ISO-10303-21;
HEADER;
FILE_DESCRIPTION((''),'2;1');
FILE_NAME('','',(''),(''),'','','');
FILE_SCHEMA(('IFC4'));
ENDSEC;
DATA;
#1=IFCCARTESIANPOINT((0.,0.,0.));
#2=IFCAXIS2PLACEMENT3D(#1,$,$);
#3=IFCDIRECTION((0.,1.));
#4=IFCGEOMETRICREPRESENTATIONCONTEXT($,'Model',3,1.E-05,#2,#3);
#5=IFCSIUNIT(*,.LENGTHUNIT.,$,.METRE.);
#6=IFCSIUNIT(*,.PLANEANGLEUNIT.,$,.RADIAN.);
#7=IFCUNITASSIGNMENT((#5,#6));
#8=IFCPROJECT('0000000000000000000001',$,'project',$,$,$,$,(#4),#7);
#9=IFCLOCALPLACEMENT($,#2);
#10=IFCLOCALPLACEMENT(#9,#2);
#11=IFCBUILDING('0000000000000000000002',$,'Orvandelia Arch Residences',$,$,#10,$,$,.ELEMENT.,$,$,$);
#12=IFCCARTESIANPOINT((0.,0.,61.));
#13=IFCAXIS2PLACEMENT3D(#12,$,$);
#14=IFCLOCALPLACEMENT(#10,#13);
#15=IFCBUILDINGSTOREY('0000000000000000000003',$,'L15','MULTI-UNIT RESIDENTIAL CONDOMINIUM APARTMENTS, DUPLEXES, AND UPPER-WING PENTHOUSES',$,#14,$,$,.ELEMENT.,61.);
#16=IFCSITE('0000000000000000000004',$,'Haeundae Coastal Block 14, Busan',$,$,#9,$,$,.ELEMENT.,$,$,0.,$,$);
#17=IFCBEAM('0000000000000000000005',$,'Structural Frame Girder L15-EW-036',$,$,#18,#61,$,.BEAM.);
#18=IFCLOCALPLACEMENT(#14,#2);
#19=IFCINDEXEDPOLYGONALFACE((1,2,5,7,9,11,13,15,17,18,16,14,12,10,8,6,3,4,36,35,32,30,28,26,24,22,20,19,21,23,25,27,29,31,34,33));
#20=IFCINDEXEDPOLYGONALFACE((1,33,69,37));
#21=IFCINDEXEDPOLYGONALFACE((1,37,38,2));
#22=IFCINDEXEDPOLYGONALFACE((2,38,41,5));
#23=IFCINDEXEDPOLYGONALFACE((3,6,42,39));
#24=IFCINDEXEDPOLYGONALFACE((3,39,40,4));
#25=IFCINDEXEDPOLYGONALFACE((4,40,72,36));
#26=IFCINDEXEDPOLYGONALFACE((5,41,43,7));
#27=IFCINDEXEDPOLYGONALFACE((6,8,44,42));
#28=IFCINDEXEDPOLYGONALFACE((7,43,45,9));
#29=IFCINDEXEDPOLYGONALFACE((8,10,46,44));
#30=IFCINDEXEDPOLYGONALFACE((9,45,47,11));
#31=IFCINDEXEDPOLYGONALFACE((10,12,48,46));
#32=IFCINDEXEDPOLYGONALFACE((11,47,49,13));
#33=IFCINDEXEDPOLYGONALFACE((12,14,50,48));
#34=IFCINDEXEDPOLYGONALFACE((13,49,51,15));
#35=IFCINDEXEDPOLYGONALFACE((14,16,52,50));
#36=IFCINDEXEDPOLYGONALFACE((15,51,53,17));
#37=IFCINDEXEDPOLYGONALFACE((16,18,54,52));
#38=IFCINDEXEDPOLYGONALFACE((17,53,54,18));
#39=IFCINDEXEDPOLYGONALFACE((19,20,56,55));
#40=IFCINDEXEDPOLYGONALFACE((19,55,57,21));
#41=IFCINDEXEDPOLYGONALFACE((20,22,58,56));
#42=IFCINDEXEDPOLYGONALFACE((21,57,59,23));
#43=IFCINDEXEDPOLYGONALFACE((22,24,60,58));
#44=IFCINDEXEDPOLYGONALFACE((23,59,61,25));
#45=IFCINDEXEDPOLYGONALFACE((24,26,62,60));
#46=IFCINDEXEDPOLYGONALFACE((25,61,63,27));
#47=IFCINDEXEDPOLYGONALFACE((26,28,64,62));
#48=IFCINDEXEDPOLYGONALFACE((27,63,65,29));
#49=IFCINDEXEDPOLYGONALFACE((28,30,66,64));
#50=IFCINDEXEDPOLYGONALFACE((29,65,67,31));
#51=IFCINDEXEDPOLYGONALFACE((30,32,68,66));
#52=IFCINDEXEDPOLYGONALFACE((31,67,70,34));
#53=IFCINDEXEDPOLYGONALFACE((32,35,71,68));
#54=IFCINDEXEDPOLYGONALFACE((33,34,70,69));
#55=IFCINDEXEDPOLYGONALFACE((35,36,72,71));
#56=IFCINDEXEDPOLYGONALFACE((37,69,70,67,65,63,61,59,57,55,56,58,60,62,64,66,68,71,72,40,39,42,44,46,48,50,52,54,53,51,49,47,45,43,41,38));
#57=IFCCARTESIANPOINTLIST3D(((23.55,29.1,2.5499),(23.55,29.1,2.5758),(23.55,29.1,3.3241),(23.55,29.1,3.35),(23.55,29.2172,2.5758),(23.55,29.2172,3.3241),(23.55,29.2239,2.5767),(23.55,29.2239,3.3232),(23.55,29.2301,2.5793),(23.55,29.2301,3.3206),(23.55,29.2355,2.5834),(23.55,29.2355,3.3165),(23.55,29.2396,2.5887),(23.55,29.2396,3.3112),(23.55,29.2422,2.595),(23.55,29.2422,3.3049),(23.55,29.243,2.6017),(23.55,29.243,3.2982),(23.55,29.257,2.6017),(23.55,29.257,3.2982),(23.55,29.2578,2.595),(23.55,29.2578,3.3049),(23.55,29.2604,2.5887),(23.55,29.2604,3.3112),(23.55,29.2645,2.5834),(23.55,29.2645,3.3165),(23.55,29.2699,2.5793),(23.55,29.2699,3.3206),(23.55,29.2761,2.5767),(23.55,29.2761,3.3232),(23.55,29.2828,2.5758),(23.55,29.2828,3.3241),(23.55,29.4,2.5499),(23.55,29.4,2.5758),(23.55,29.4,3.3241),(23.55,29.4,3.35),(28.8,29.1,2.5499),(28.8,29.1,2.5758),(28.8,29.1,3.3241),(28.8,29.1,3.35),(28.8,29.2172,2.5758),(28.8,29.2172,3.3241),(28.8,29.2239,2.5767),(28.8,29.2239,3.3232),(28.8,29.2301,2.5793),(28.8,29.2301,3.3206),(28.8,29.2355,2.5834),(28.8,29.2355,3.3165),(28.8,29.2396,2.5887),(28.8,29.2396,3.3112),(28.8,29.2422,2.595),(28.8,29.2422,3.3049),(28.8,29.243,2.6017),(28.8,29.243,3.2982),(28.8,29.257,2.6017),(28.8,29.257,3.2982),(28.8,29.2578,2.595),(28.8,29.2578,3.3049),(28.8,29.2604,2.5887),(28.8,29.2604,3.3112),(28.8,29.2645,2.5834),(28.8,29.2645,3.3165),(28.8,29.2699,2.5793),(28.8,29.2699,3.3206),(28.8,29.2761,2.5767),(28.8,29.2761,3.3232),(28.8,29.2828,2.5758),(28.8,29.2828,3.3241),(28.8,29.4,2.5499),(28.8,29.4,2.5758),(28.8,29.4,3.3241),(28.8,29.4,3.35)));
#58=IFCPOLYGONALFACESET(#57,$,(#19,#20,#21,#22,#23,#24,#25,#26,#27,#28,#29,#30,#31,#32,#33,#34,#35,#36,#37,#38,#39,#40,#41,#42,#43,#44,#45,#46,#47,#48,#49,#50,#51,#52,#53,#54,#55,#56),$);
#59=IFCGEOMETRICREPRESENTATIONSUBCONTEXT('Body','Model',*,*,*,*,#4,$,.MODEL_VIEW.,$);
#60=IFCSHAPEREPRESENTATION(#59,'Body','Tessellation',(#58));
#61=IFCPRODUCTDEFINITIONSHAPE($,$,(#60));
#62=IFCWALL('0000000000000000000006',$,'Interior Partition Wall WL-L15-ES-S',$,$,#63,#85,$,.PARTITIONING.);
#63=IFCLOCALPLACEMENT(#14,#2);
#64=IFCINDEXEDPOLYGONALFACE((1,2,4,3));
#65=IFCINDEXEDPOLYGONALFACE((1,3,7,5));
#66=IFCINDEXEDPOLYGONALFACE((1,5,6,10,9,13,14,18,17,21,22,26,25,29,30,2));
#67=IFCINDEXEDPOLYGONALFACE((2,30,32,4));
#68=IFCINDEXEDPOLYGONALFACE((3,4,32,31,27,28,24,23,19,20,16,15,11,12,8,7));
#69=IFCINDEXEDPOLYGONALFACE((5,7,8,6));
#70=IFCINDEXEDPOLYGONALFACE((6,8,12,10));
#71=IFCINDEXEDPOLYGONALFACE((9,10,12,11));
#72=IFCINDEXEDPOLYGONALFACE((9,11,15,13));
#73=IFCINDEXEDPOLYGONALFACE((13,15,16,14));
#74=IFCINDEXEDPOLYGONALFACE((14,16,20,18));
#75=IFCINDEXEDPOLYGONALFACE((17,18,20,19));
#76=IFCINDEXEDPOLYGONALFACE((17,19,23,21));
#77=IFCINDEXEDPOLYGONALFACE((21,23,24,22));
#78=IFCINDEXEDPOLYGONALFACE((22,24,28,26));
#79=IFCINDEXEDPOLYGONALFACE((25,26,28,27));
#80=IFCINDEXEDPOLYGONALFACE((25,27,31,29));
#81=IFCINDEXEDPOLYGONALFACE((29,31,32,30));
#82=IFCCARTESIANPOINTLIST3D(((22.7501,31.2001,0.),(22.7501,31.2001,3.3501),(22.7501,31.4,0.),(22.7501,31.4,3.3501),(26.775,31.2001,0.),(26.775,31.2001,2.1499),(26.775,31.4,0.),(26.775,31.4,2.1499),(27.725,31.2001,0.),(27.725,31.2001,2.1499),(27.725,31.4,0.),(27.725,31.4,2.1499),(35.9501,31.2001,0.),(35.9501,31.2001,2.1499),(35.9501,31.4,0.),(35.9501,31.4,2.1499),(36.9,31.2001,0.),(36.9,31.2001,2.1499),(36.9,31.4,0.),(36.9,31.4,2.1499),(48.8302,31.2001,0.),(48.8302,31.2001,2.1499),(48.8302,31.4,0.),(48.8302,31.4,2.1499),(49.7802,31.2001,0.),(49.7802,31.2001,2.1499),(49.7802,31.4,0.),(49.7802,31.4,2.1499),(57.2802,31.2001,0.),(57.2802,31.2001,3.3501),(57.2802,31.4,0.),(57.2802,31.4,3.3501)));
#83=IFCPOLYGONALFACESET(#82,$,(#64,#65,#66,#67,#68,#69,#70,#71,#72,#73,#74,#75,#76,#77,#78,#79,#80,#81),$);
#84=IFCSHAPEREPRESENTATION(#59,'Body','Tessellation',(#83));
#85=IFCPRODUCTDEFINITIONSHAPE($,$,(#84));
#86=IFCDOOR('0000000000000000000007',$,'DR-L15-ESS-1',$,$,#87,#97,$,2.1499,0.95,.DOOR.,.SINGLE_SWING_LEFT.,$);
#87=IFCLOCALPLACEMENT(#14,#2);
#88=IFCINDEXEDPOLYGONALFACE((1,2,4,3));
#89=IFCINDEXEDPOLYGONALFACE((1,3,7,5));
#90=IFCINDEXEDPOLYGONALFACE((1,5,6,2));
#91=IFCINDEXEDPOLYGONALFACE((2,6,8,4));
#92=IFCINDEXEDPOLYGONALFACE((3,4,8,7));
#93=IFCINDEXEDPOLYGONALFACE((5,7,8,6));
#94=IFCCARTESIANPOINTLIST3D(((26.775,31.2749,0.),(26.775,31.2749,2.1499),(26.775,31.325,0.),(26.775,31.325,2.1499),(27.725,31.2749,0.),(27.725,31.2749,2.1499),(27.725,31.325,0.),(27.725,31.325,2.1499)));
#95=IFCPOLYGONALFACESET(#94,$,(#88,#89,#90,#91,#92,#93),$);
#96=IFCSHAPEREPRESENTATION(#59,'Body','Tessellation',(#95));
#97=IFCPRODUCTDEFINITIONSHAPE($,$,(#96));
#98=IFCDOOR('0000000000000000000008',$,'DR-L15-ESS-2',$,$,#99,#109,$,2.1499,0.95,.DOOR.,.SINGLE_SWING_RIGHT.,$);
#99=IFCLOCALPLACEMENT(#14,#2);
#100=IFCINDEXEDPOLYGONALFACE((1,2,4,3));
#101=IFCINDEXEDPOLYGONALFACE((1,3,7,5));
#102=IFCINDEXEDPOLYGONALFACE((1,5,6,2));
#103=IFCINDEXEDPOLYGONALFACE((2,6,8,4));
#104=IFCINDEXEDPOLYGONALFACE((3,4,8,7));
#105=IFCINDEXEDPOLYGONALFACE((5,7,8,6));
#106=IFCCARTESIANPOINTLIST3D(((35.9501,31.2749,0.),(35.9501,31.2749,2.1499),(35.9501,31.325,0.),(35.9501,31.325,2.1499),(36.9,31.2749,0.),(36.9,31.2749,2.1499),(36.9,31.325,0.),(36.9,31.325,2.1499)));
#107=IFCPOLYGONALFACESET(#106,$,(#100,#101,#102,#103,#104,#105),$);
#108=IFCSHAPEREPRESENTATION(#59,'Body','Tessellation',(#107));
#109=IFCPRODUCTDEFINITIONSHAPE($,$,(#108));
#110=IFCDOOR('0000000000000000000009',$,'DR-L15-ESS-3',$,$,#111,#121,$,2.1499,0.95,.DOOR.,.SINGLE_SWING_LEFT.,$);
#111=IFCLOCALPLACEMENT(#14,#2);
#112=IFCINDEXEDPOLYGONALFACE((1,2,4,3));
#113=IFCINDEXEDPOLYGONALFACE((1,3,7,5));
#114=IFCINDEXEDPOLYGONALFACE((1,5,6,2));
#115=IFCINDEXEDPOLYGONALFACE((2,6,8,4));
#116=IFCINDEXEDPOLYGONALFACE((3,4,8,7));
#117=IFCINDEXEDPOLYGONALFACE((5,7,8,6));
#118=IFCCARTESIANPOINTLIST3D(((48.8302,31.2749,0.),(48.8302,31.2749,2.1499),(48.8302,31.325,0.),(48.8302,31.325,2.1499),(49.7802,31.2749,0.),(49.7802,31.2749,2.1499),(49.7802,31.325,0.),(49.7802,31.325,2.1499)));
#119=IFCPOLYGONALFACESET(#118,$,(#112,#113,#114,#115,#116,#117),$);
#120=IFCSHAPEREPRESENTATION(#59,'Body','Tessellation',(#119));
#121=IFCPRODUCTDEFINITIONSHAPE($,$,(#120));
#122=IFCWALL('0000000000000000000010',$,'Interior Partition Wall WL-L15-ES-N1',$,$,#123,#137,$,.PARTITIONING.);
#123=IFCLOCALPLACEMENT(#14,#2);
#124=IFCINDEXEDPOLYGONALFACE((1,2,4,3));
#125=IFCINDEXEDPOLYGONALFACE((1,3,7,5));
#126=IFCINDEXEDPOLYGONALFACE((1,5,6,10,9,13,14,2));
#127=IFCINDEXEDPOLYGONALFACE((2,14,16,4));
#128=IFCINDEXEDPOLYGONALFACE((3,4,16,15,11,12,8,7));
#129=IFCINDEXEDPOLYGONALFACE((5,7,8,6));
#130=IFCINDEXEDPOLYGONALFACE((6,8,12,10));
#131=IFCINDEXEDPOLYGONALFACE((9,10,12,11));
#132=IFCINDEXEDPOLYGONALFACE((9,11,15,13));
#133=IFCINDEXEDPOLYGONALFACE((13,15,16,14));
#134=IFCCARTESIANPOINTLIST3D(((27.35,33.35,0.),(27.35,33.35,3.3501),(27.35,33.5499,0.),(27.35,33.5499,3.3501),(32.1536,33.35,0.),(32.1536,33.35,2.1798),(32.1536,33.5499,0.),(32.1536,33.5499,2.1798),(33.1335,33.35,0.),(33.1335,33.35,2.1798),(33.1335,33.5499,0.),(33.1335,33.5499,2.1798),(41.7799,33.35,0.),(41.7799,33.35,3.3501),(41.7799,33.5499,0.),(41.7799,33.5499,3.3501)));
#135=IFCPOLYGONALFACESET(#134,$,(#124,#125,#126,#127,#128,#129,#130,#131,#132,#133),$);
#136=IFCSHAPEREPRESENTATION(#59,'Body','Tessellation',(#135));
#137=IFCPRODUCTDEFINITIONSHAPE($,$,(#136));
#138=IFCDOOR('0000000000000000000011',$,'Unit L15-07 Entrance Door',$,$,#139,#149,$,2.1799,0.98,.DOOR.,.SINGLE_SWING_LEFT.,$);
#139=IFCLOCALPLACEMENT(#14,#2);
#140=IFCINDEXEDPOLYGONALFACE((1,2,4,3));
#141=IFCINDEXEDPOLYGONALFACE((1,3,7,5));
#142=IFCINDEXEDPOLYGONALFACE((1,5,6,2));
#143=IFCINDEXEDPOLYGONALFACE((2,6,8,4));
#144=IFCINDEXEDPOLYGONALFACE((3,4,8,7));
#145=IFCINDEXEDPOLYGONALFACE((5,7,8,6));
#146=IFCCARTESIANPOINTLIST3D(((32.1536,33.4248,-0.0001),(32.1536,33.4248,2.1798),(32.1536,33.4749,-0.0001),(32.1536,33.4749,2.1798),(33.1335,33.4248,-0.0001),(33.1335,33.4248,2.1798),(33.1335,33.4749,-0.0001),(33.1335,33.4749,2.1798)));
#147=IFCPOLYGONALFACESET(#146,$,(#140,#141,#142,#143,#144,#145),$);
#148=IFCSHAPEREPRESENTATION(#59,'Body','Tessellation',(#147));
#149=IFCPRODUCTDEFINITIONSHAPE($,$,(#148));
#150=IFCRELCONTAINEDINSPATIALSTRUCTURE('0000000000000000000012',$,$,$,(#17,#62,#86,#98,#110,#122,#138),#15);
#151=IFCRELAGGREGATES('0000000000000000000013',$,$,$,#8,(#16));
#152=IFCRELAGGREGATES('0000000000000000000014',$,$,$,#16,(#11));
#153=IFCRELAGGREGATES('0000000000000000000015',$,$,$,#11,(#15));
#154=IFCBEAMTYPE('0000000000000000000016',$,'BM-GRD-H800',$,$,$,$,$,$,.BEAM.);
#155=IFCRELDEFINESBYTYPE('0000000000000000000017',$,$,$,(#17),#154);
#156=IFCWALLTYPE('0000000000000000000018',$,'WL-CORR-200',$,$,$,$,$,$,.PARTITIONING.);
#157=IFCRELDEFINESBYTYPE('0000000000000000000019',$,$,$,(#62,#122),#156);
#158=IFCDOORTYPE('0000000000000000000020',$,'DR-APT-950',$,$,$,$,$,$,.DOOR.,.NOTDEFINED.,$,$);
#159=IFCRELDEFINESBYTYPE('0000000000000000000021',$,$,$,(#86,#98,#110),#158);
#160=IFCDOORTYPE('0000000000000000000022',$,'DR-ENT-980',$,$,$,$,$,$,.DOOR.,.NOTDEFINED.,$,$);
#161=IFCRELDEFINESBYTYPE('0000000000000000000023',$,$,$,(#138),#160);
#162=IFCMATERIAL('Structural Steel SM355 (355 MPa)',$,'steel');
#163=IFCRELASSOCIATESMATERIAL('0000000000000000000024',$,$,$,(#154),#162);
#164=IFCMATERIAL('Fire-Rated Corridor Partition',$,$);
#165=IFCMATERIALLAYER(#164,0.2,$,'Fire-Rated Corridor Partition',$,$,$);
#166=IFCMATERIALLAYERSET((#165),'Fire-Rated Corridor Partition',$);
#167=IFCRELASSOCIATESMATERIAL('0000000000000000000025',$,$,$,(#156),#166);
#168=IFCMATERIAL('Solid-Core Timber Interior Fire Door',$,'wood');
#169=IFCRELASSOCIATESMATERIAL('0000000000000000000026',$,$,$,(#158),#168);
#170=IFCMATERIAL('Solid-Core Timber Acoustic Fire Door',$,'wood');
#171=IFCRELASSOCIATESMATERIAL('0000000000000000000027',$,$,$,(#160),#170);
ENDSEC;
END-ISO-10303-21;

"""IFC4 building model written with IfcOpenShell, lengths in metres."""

from ifc_helpers import new_model, si_unit, direction, frame, frame_2d, origin, origin_2d, place, context, subcontext, project, spatial, rectangle, i_section, extrude, material, layer, layer_set, material_profile, profile_set, type_object, element, fill, save


model = new_model("IFC4")

# Units and contexts
model_context = context("Model", 3, precision=1e-05, world=origin(), true_north=direction((0.0, 1.0)))
body_context = subcontext(model_context, "Body", "Model", "MODEL_VIEW")
ifc_project = project(units=[si_unit("LENGTHUNIT", "METRE"), si_unit("PLANEANGLEUNIT", "RADIAN")], contexts=[model_context])

# Site, building, storey
site_placement = place(None, origin())
site = spatial("IfcSite", under=ifc_project, at=site_placement, Name="Haeundae Coastal Block 14, Busan", CompositionType="ELEMENT", RefElevation=0.0)
building_placement = place(site_placement, origin())
building = spatial("IfcBuilding", under=site, at=building_placement, Name="Orvandelia Arch Residences", CompositionType="ELEMENT")
storey_placement = place(building_placement, frame((0.0, 0.0, 61.0)))
storey = spatial("IfcBuildingStorey", under=building, at=storey_placement, Name="L15", Description="MULTI-UNIT RESIDENTIAL CONDOMINIUM APARTMENTS, DUPLEXES, AND UPPER-WING PENTHOUSES", CompositionType="ELEMENT", Elevation=61.0)

# Beam
ifc_material_1 = material(Name="Structural Steel SM355 (355 MPa)", Category="steel")
ifc_material_profile_1 = material_profile(ifc_material_1, i_section(OverallWidth=0.3, OverallDepth=0.8, WebThickness=0.0139, FlangeThickness=0.0259, FilletRadius=0.0259, at=origin_2d()), Name="Structural Steel SM355 (355 MPa)", Category="steel")
ifc_profile_set_1 = profile_set([ifc_material_profile_1], Name="Structural Steel SM355 (355 MPa)")
beam_type = type_object("IfcBeamType", Name="BM-GRD-H800", PredefinedType="BEAM", material=ifc_profile_set_1)
beam_1_placement = place(storey_placement, frame((23.55, 29.25, 2.95), z_axis=(1.0, 0.0, 0.0), x_axis=(0.0, 1.0, 0.0)))
element("IfcBeam", 1, at=beam_1_placement, inside=storey, type_object=beam_type, Name="Structural Frame Girder L15-EW-036", PredefinedType="BEAM", context=body_context, shape_type="SweptSolid", body=[
    extrude(i_section(OverallWidth=0.3, OverallDepth=0.8, WebThickness=0.0139, FlangeThickness=0.0259, FilletRadius=0.0259, at=origin_2d()), origin(), (0.0, 0.0, 1.0), 5.25),
])

# Wall, openings, doors
ifc_material_2 = material(Name="Fire-Rated Corridor Partition")
ifc_layer_1 = layer(ifc_material_2, 0.2, Name="Fire-Rated Corridor Partition")
ifc_layer_set_1 = layer_set([ifc_layer_1], Name="Fire-Rated Corridor Partition")
wall_type_1 = type_object("IfcWallType", Name="WL-CORR-200", PredefinedType="PARTITIONING", material=ifc_layer_set_1)
wall_1_placement = place(storey_placement, frame((22.75, 31.3, 0.0), z_axis=(0.0, 0.0, 1.0), x_axis=(1.0, 0.0, 0.0)))
wall_1 = element("IfcWall", 2, at=wall_1_placement, inside=storey, type_object=wall_type_1, Name="Interior Partition Wall WL-L15-ES-S", PredefinedType="PARTITIONING", context=body_context, shape_type="SweptSolid", body=[
    extrude(rectangle(XDim=34.53, YDim=0.2, at=frame_2d((17.2651, 0.0))), origin(), (0.0, 0.0, 1.0), 3.3501),
])
opening_1_placement = place(wall_1_placement, frame((4.0249, 0.0, 0.0)))
opening_1 = element("IfcOpeningElement", 3, at=opening_1_placement, cuts=wall_1, PredefinedType="OPENING", context=body_context, shape_type="SweptSolid", body=[
    extrude(rectangle(XDim=0.95, YDim=2.1499, at=frame_2d((0.4751, 1.075))), frame((0.0, 0.1099, 0.0), z_axis=(0.0, -1.0, 0.0), x_axis=(1.0, 0.0, 0.0)), (0.0, 0.0, 1.0), 0.22),
])
opening_2_placement = place(wall_1_placement, frame((13.2, 0.0, 0.0)))
opening_2 = element("IfcOpeningElement", 4, at=opening_2_placement, cuts=wall_1, PredefinedType="OPENING", context=body_context, shape_type="SweptSolid", body=[
    extrude(rectangle(XDim=0.95, YDim=2.1499, at=frame_2d((0.4751, 1.075))), frame((0.0, 0.1099, 0.0), z_axis=(0.0, -1.0, 0.0), x_axis=(1.0, 0.0, 0.0)), (0.0, 0.0, 1.0), 0.22),
])
opening_3_placement = place(wall_1_placement, frame((26.0801, 0.0, 0.0)))
opening_3 = element("IfcOpeningElement", 5, at=opening_3_placement, cuts=wall_1, PredefinedType="OPENING", context=body_context, shape_type="SweptSolid", body=[
    extrude(rectangle(XDim=0.95, YDim=2.1499, at=frame_2d((0.4751, 1.075))), frame((0.0, 0.1099, 0.0), z_axis=(0.0, -1.0, 0.0), x_axis=(1.0, 0.0, 0.0)), (0.0, 0.0, 1.0), 0.22),
])
ifc_material_3 = material(Name="Solid-Core Timber Interior Fire Door", Category="wood")
door_type_1 = type_object("IfcDoorType", Name="DR-APT-950", OperationType="NOTDEFINED", PredefinedType="DOOR", material=ifc_material_3)
door_1_placement = place(opening_1_placement, origin())
door_1 = element("IfcDoor", 6, at=door_1_placement, inside=storey, type_object=door_type_1, Name="DR-L15-ESS-1", OperationType="SINGLE_SWING_LEFT", OverallHeight=2.1499, OverallWidth=0.95, PredefinedType="DOOR", context=body_context, shape_type="SweptSolid", body=[
    extrude(rectangle(XDim=0.95, YDim=2.1499, at=frame_2d((0.4751, 1.075))), frame((0.0, 0.0249, 0.0), z_axis=(0.0, -1.0, 0.0), x_axis=(1.0, 0.0, 0.0)), (0.0, 0.0, 1.0), 0.05),
])
fill(opening_1, door_1)
door_2_placement = place(opening_2_placement, origin())
door_2 = element("IfcDoor", 7, at=door_2_placement, inside=storey, type_object=door_type_1, Name="DR-L15-ESS-2", OperationType="SINGLE_SWING_RIGHT", OverallHeight=2.1499, OverallWidth=0.95, PredefinedType="DOOR", context=body_context, shape_type="SweptSolid", body=[
    extrude(rectangle(XDim=0.95, YDim=2.1499, at=frame_2d((0.4751, 1.075))), frame((0.0, 0.0249, 0.0), z_axis=(0.0, -1.0, 0.0), x_axis=(1.0, 0.0, 0.0)), (0.0, 0.0, 1.0), 0.05),
])
fill(opening_2, door_2)
door_3_placement = place(opening_3_placement, origin())
door_3 = element("IfcDoor", 8, at=door_3_placement, inside=storey, type_object=door_type_1, Name="DR-L15-ESS-3", OperationType="SINGLE_SWING_LEFT", OverallHeight=2.1499, OverallWidth=0.95, PredefinedType="DOOR", context=body_context, shape_type="SweptSolid", body=[
    extrude(rectangle(XDim=0.95, YDim=2.1499, at=frame_2d((0.4751, 1.075))), frame((0.0, 0.0249, 0.0), z_axis=(0.0, -1.0, 0.0), x_axis=(1.0, 0.0, 0.0)), (0.0, 0.0, 1.0), 0.05),
])
fill(opening_3, door_3)

# Wall, opening, door
wall_2_placement = place(storey_placement, frame((27.3501, 33.45, 0.0), z_axis=(0.0, 0.0, 1.0), x_axis=(1.0, 0.0, 0.0)))
wall_2 = element("IfcWall", 9, at=wall_2_placement, inside=storey, type_object=wall_type_1, Name="Interior Partition Wall WL-L15-ES-N1", PredefinedType="PARTITIONING", context=body_context, shape_type="SweptSolid", body=[
    extrude(rectangle(XDim=14.4299, YDim=0.2, at=frame_2d((7.2148, 0.0))), origin(), (0.0, 0.0, 1.0), 3.3501),
])
opening_4_placement = place(wall_2_placement, frame((4.8035, 0.0, 0.0)))
opening_4 = element("IfcOpeningElement", 10, at=opening_4_placement, cuts=wall_2, PredefinedType="OPENING", context=body_context, shape_type="SweptSolid", body=[
    extrude(rectangle(XDim=0.98, YDim=2.1799, at=frame_2d((0.49, 1.0898))), frame((0.0, 0.1099, 0.0), z_axis=(0.0, -1.0, 0.0), x_axis=(1.0, 0.0, 0.0)), (0.0, 0.0, 1.0), 0.22),
])
ifc_material_4 = material(Name="Solid-Core Timber Acoustic Fire Door", Category="wood")
door_type_2 = type_object("IfcDoorType", Name="DR-ENT-980", OperationType="NOTDEFINED", PredefinedType="DOOR", material=ifc_material_4)
door_4_placement = place(opening_4_placement, origin())
door_4 = element("IfcDoor", 11, at=door_4_placement, inside=storey, type_object=door_type_2, Name="Unit L15-07 Entrance Door", OperationType="SINGLE_SWING_LEFT", OverallHeight=2.1799, OverallWidth=0.98, PredefinedType="DOOR", context=body_context, shape_type="SweptSolid", body=[
    extrude(rectangle(XDim=0.98, YDim=2.1799, at=frame_2d((0.49, 1.0898))), frame((0.0, 0.0249, 0.0), z_axis=(0.0, -1.0, 0.0), x_axis=(1.0, 0.0, 0.0)), (0.0, 0.0, 1.0), 0.05),
])
fill(opening_4, door_4)

save(model, "model.ifc")
